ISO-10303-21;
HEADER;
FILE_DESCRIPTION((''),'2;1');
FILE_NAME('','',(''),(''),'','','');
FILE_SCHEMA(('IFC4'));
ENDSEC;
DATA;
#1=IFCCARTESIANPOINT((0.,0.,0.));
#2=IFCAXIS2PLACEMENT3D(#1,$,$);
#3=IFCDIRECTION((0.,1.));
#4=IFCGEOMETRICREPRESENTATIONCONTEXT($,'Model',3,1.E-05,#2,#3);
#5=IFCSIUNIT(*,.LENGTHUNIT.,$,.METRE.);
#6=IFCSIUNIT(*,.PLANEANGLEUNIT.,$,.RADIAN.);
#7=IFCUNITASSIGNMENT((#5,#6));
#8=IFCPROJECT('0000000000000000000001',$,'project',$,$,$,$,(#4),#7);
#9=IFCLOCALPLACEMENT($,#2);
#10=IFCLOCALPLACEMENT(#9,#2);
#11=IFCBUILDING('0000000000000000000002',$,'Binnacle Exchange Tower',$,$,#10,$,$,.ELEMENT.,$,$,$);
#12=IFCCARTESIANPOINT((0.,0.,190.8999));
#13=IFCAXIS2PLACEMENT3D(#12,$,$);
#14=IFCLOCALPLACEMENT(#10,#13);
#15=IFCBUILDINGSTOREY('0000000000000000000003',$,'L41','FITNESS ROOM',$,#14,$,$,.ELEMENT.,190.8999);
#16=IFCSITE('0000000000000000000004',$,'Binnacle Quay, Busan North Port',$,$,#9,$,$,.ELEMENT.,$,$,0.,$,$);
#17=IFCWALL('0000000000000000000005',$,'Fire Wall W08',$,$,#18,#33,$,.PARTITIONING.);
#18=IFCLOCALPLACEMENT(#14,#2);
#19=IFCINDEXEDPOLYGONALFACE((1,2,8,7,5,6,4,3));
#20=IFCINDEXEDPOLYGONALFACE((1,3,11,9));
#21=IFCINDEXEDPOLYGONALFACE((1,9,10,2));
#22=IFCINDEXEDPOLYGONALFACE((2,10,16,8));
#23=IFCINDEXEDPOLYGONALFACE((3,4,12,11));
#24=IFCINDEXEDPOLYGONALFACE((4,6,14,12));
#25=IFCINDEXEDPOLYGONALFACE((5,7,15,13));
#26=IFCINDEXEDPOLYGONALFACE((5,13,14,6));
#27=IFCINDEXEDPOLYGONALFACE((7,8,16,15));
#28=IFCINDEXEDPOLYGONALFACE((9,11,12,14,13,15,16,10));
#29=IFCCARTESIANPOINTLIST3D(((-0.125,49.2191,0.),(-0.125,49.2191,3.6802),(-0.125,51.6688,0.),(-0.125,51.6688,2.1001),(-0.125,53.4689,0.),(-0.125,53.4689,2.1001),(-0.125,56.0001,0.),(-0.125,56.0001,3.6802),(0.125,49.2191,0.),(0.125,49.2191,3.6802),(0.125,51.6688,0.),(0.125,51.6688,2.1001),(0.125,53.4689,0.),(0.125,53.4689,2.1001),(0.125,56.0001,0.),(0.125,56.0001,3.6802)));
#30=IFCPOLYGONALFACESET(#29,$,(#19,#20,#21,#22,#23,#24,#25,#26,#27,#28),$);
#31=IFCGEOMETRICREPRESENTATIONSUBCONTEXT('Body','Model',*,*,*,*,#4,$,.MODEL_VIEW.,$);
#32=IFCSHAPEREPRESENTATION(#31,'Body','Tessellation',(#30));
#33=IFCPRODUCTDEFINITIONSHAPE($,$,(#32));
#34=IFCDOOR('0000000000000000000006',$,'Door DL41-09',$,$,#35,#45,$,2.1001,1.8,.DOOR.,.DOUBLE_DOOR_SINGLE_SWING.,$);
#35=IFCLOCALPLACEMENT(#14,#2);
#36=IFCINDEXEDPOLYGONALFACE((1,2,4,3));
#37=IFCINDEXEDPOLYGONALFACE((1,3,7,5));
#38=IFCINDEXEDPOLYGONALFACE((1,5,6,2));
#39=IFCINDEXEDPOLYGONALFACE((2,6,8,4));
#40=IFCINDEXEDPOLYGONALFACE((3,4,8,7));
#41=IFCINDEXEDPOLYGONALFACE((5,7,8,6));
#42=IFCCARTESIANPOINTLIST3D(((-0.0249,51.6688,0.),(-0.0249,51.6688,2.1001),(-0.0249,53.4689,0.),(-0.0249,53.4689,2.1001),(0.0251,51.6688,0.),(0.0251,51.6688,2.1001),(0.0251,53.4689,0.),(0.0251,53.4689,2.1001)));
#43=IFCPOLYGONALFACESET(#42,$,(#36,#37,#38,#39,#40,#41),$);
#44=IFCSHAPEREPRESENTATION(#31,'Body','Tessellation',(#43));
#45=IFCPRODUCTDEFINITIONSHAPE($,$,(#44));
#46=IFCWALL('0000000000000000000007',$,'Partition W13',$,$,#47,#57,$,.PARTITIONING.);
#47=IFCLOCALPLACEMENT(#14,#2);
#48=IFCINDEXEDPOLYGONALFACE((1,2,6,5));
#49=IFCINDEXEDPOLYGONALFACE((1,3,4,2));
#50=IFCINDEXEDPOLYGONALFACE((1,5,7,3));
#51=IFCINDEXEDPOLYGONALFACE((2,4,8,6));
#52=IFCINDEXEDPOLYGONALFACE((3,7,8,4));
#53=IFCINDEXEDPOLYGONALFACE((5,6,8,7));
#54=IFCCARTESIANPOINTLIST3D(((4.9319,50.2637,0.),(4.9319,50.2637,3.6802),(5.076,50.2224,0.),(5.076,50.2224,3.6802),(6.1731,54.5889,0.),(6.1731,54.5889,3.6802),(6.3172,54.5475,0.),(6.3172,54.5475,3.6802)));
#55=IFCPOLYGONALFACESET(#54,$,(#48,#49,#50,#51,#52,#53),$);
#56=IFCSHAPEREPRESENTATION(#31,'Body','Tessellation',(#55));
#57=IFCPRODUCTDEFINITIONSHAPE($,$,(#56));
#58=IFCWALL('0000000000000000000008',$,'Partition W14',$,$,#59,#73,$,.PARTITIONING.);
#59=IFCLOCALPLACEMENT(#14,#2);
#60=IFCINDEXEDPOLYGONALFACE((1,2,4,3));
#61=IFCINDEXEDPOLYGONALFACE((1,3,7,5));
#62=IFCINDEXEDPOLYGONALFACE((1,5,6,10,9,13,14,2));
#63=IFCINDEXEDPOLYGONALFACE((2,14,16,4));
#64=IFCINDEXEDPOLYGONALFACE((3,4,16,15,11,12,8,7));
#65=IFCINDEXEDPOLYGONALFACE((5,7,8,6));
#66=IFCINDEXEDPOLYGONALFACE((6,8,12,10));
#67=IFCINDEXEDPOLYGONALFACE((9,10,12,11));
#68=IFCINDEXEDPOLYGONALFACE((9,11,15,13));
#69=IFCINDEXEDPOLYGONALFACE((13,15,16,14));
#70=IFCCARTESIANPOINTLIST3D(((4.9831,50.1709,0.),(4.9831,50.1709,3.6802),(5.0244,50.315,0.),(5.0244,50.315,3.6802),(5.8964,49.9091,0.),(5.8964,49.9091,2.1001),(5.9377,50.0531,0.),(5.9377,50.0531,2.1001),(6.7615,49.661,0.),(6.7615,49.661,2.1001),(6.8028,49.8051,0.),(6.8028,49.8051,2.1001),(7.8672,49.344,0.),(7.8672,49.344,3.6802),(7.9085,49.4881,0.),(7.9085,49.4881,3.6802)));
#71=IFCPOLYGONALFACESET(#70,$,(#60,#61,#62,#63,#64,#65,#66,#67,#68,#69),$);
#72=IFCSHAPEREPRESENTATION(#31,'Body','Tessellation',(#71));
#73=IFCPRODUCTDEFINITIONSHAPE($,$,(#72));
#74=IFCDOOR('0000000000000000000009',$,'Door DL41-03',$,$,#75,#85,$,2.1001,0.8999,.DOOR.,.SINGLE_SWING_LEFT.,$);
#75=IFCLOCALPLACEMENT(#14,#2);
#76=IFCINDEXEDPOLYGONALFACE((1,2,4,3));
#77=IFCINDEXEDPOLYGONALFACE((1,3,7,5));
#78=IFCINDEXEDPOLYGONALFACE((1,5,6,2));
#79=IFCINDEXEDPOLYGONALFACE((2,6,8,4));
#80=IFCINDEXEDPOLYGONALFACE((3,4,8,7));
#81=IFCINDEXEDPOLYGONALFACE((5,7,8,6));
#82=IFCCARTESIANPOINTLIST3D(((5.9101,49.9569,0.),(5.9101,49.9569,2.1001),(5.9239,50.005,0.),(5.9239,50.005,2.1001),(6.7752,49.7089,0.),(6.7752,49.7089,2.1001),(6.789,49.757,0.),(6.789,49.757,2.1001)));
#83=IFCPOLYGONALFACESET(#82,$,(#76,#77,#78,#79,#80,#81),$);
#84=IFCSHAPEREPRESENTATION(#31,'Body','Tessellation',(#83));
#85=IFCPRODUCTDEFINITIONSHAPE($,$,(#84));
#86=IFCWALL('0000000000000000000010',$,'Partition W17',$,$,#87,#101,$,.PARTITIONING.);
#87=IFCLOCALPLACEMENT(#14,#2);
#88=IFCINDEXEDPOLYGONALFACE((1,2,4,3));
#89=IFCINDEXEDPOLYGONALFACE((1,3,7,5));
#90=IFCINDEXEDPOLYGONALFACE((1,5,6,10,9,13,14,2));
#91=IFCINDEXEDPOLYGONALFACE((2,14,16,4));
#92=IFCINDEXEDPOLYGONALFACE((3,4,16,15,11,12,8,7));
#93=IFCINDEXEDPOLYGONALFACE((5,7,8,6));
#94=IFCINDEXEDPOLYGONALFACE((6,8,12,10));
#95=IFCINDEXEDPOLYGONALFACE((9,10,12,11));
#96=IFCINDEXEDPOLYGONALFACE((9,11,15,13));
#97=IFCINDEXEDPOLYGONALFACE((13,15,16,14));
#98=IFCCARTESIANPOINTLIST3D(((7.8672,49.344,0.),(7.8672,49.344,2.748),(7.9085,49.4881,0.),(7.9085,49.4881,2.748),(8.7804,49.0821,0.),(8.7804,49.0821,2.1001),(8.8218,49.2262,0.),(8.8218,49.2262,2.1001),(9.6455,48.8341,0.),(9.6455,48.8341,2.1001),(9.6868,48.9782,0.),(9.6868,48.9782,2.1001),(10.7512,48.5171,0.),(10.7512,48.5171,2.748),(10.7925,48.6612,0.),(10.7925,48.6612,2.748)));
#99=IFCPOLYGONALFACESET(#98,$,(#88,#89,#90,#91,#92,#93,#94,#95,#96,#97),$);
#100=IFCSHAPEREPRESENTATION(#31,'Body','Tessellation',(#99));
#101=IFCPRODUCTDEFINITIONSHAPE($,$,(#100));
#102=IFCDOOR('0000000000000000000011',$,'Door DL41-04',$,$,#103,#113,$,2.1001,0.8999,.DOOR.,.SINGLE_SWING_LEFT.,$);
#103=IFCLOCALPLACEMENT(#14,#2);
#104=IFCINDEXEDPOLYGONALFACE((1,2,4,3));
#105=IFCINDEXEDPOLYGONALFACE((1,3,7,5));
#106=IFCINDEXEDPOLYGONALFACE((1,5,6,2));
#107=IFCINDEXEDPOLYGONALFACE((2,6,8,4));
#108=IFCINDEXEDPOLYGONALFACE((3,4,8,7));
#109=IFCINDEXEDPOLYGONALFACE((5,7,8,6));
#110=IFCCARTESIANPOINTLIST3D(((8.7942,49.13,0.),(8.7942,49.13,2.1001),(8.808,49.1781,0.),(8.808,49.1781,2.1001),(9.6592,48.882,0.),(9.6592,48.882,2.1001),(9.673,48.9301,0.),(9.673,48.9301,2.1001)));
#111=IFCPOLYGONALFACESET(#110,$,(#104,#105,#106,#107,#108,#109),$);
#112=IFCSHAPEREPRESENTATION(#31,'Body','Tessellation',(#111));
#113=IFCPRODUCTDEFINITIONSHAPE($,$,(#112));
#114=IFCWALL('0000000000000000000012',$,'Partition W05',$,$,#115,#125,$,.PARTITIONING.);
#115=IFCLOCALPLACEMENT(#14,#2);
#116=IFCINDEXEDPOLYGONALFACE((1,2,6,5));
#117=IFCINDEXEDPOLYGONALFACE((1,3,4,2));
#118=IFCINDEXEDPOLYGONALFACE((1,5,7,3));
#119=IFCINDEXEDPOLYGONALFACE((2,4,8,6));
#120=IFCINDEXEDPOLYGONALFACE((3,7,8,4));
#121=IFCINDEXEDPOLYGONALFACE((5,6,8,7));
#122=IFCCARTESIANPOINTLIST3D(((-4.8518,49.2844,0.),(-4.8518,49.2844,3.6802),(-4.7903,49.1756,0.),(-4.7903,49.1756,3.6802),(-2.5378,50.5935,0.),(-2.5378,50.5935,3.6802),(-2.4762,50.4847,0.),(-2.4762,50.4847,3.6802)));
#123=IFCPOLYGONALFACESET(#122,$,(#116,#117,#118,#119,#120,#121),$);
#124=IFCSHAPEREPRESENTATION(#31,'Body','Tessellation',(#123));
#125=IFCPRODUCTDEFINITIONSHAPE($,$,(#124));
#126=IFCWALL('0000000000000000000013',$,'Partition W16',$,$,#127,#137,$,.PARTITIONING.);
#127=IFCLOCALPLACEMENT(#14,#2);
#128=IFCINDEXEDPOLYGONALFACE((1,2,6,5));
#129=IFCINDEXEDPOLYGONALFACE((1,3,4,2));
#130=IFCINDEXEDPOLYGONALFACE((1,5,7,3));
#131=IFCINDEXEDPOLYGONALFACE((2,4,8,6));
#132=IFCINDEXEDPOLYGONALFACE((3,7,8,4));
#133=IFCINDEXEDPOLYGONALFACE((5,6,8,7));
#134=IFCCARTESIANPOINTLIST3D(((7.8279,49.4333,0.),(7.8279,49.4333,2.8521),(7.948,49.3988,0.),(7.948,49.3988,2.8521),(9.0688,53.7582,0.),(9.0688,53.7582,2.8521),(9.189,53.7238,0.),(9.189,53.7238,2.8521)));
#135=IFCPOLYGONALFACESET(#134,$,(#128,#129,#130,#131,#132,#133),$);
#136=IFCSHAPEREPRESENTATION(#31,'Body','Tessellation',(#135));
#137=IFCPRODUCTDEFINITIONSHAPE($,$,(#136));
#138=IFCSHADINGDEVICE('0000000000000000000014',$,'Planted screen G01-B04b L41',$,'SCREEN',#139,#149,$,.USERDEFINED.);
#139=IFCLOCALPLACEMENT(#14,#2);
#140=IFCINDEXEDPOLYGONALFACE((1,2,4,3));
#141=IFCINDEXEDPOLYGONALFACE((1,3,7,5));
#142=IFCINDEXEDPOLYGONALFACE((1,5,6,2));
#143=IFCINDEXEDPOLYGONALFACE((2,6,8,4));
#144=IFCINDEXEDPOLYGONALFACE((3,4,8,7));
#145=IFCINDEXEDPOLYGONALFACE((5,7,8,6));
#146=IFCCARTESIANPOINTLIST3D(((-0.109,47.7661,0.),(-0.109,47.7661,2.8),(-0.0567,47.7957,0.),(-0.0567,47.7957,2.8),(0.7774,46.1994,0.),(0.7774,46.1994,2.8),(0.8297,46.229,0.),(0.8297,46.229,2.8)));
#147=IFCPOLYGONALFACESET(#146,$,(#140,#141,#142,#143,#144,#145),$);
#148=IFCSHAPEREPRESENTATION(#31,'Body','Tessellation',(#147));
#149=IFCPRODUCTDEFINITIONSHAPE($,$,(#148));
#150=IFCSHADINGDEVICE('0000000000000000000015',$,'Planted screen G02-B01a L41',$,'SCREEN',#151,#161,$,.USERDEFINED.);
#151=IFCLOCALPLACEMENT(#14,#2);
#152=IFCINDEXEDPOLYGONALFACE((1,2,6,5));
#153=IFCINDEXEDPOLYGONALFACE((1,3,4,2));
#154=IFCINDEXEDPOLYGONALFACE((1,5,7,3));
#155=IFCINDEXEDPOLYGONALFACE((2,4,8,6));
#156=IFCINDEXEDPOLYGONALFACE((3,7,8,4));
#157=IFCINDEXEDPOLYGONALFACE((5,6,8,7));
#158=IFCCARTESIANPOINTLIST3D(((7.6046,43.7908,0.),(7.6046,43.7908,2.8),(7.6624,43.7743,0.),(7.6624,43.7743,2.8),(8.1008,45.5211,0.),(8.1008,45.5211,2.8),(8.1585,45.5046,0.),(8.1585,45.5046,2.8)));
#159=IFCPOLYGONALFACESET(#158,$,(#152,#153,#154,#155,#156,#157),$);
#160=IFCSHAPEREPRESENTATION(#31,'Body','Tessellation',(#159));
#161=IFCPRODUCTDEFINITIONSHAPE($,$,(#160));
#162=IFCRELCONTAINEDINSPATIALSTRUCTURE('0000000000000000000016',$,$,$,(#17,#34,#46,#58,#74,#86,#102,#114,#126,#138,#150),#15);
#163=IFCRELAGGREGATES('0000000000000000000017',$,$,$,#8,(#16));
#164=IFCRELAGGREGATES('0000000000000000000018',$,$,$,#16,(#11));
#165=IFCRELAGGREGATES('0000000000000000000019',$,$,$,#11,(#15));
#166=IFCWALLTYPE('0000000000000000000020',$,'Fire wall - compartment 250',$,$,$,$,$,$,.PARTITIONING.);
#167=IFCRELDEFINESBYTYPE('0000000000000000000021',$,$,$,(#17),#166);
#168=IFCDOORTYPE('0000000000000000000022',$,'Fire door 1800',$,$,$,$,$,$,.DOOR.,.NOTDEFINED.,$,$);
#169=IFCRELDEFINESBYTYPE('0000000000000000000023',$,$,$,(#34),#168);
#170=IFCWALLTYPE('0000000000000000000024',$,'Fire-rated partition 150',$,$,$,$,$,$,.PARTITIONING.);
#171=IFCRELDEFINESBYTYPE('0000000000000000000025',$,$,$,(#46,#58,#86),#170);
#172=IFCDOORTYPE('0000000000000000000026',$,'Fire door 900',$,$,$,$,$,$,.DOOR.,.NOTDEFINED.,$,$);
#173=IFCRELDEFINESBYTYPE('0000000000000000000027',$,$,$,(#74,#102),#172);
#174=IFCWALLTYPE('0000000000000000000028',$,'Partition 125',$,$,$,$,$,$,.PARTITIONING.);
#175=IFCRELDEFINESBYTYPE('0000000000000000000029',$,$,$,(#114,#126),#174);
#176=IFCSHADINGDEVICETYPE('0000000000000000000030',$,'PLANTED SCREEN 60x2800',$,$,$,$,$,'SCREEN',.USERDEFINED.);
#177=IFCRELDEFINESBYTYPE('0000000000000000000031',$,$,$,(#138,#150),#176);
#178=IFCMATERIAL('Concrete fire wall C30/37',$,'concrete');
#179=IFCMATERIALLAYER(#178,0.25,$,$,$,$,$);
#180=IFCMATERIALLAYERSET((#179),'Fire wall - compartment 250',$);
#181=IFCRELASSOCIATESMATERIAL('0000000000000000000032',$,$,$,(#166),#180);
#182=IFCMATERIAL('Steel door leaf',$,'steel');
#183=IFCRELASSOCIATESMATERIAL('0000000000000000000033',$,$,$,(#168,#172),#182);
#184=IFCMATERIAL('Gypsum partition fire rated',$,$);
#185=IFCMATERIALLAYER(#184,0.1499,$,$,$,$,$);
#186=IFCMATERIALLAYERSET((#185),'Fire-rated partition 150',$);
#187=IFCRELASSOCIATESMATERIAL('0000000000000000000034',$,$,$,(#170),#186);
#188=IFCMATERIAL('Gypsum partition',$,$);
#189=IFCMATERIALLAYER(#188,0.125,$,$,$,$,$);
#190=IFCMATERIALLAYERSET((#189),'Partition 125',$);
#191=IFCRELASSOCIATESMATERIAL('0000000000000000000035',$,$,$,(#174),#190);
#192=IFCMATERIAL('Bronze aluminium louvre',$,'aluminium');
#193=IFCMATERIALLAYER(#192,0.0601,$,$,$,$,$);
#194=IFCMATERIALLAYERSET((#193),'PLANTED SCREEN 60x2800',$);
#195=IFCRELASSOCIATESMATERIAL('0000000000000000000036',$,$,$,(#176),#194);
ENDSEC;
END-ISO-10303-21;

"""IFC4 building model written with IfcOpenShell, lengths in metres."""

from ifc_helpers import new_model, si_unit, direction, frame, frame_2d, origin, origin_2d, place, context, subcontext, project, spatial, rectangle, extrude, material, layer, layer_set, type_object, element, fill, save


model = new_model("IFC4")

# Units and contexts
model_context = context("Model", 3, precision=1e-05, world=origin(), true_north=direction((0.0, 1.0)))
body_context = subcontext(model_context, "Body", "Model", "MODEL_VIEW")
ifc_project = project(units=[si_unit("LENGTHUNIT", "METRE"), si_unit("PLANEANGLEUNIT", "RADIAN")], contexts=[model_context])

# Site, building, storey
site_placement = place(None, origin())
site = spatial("IfcSite", under=ifc_project, at=site_placement, Name="Binnacle Quay, Busan North Port", CompositionType="ELEMENT", RefElevation=0.0)
building_placement = place(site_placement, origin())
building = spatial("IfcBuilding", under=site, at=building_placement, Name="Binnacle Exchange Tower", CompositionType="ELEMENT")
storey_placement = place(building_placement, frame((0.0, 0.0, 190.8999)))
storey = spatial("IfcBuildingStorey", under=building, at=storey_placement, Name="L41", Description="FITNESS ROOM", CompositionType="ELEMENT", Elevation=190.8999)

# Wall, opening, door
ifc_material_1 = material(Name="Concrete fire wall C30/37", Category="concrete")
ifc_layer_1 = layer(ifc_material_1, 0.25)
ifc_layer_set_1 = layer_set([ifc_layer_1], Name="Fire wall - compartment 250")
wall_type_1 = type_object("IfcWallType", Name="Fire wall - compartment 250", PredefinedType="PARTITIONING", material=ifc_layer_set_1)
wall_1_placement = place(storey_placement, frame((0.0, 49.219, 0.0), z_axis=(0.0, 0.0, 1.0), x_axis=(0.0, 1.0, 0.0)))
wall_1 = element("IfcWall", 1, at=wall_1_placement, inside=storey, type_object=wall_type_1, Name="Fire Wall W08", PredefinedType="PARTITIONING", context=body_context, shape_type="SweptSolid", body=[
    extrude(rectangle(XDim=6.781, YDim=0.25, at=frame_2d((3.3906, 0.0))), origin(), (0.0, 0.0, 1.0), 3.6802),
])
opening_1_placement = place(wall_1_placement, frame((2.45, 0.0, 0.0)))
opening_1 = element("IfcOpeningElement", 2, at=opening_1_placement, cuts=wall_1, PredefinedType="OPENING", context=body_context, shape_type="SweptSolid", body=[
    extrude(rectangle(XDim=1.8, YDim=2.1001, at=frame_2d((0.8999, 1.05))), frame((0.0, 0.135, 0.0), z_axis=(0.0, -1.0, 0.0), x_axis=(1.0, 0.0, 0.0)), (0.0, 0.0, 1.0), 0.27),
])
ifc_material_2 = material(Name="Steel door leaf", Category="steel")
door_type_1 = type_object("IfcDoorType", Name="Fire door 1800", OperationType="NOTDEFINED", PredefinedType="DOOR", material=ifc_material_2)
door_1_placement = place(opening_1_placement, origin())
door_1 = element("IfcDoor", 3, at=door_1_placement, inside=storey, type_object=door_type_1, Name="Door DL41-09", OperationType="DOUBLE_DOOR_SINGLE_SWING", OverallHeight=2.1001, OverallWidth=1.8, PredefinedType="DOOR", context=body_context, shape_type="SweptSolid", body=[
    extrude(rectangle(XDim=1.8, YDim=2.1001, at=frame_2d((0.8999, 1.05))), frame((0.0, 0.0249, 0.0), z_axis=(0.0, -1.0, 0.0), x_axis=(1.0, 0.0, 0.0)), (0.0, 0.0, 1.0), 0.05),
])
fill(opening_1, door_1)

# Wall
ifc_material_3 = material(Name="Gypsum partition fire rated")
ifc_layer_2 = layer(ifc_material_3, 0.1499)
ifc_layer_set_2 = layer_set([ifc_layer_2], Name="Fire-rated partition 150")
wall_type_2 = type_object("IfcWallType", Name="Fire-rated partition 150", PredefinedType="PARTITIONING", material=ifc_layer_set_2)
wall_2_placement = place(storey_placement, frame((5.0039, 50.2429, 0.0), z_axis=(0.0, 0.0, 1.0), x_axis=(0.275839, 0.961204, 0.0)))
element("IfcWall", 4, at=wall_2_placement, inside=storey, type_object=wall_type_2, Name="Partition W13", PredefinedType="PARTITIONING", context=body_context, shape_type="SweptSolid", body=[
    extrude(rectangle(XDim=4.4998, YDim=0.1499, at=frame_2d((2.25, 0.0))), origin(), (0.0, 0.0, 1.0), 3.6802),
])

# Walls, openings, doors
wall_3_placement = place(storey_placement, frame((5.0039, 50.2429, 0.0), z_axis=(0.0, 0.0, 1.0), x_axis=(0.961269, -0.275613, 0.0)))
wall_3 = element("IfcWall", 5, at=wall_3_placement, inside=storey, type_object=wall_type_2, Name="Partition W14", PredefinedType="PARTITIONING", context=body_context, shape_type="SweptSolid", body=[
    extrude(rectangle(XDim=3.0002, YDim=0.1499, at=frame_2d((1.5, 0.0))), origin(), (0.0, 0.0, 1.0), 3.6802),
])
opening_2_placement = place(wall_3_placement, frame((0.95, 0.0, 0.0)))
opening_2 = element("IfcOpeningElement", 6, at=opening_2_placement, cuts=wall_3, PredefinedType="OPENING", context=body_context, shape_type="SweptSolid", body=[
    extrude(rectangle(XDim=0.8999, YDim=2.1001, at=frame_2d((0.45, 1.05))), frame((0.0, 0.085, 0.0), z_axis=(0.0, -1.0, 0.0), x_axis=(1.0, 0.0, 0.0)), (0.0, 0.0, 1.0), 0.1699),
])
door_type_2 = type_object("IfcDoorType", Name="Fire door 900", OperationType="NOTDEFINED", PredefinedType="DOOR", material=ifc_material_2)
door_2_placement = place(opening_2_placement, origin())
door_2 = element("IfcDoor", 7, at=door_2_placement, inside=storey, type_object=door_type_2, Name="Door DL41-03", OperationType="SINGLE_SWING_LEFT", OverallHeight=2.1001, OverallWidth=0.8999, PredefinedType="DOOR", context=body_context, shape_type="SweptSolid", body=[
    extrude(rectangle(XDim=0.8999, YDim=2.1001, at=frame_2d((0.45, 1.05))), frame((0.0, 0.0249, 0.0), z_axis=(0.0, -1.0, 0.0), x_axis=(1.0, 0.0, 0.0)), (0.0, 0.0, 1.0), 0.05),
])
fill(opening_2, door_2)
wall_4_placement = place(storey_placement, frame((7.8879, 49.416, 0.0), z_axis=(0.0, 0.0, 1.0), x_axis=(0.961269, -0.275613, 0.0)))
wall_4 = element("IfcWall", 8, at=wall_4_placement, inside=storey, type_object=wall_type_2, Name="Partition W17", PredefinedType="PARTITIONING", context=body_context, shape_type="SweptSolid", body=[
    extrude(rectangle(XDim=3.0002, YDim=0.1499, at=frame_2d((1.5, 0.0))), origin(), (0.0, 0.0, 1.0), 2.748),
])
opening_3_placement = place(wall_4_placement, frame((0.95, 0.0, 0.0)))
opening_3 = element("IfcOpeningElement", 9, at=opening_3_placement, cuts=wall_4, PredefinedType="OPENING", context=body_context, shape_type="SweptSolid", body=[
    extrude(rectangle(XDim=0.8999, YDim=2.1001, at=frame_2d((0.45, 1.05))), frame((0.0, 0.085, 0.0), z_axis=(0.0, -1.0, 0.0), x_axis=(1.0, 0.0, 0.0)), (0.0, 0.0, 1.0), 0.1699),
])
door_3_placement = place(opening_3_placement, origin())
door_3 = element("IfcDoor", 10, at=door_3_placement, inside=storey, type_object=door_type_2, Name="Door DL41-04", OperationType="SINGLE_SWING_LEFT", OverallHeight=2.1001, OverallWidth=0.8999, PredefinedType="DOOR", context=body_context, shape_type="SweptSolid", body=[
    extrude(rectangle(XDim=0.8999, YDim=2.1001, at=frame_2d((0.45, 1.05))), frame((0.0, 0.0249, 0.0), z_axis=(0.0, -1.0, 0.0), x_axis=(1.0, 0.0, 0.0)), (0.0, 0.0, 1.0), 0.05),
])
fill(opening_3, door_3)

# Walls
ifc_material_4 = material(Name="Gypsum partition")
ifc_layer_3 = layer(ifc_material_4, 0.125)
ifc_layer_set_3 = layer_set([ifc_layer_3], Name="Partition 125")
wall_type_3 = type_object("IfcWallType", Name="Partition 125", PredefinedType="PARTITIONING", material=ifc_layer_set_3)
wall_5_placement = place(storey_placement, frame((-4.821, 49.23, 0.0), z_axis=(0.0, 0.0, 1.0), x_axis=(0.870371, 0.492396, 0.0)))
element("IfcWall", 11, at=wall_5_placement, inside=storey, type_object=wall_type_3, Name="Partition W05", PredefinedType="PARTITIONING", context=body_context, shape_type="SweptSolid", body=[
    extrude(rectangle(XDim=2.6587, YDim=0.125, at=frame_2d((1.3293, 0.0))), origin(), (0.0, 0.0, 1.0), 3.6802),
])
wall_6_placement = place(storey_placement, frame((7.8879, 49.416, 0.0), z_axis=(0.0, 0.0, 1.0), x_axis=(0.275803, 0.961214, 0.0)))
element("IfcWall", 12, at=wall_6_placement, inside=storey, type_object=wall_type_3, Name="Partition W16", PredefinedType="PARTITIONING", context=body_context, shape_type="SweptSolid", body=[
    extrude(rectangle(XDim=4.4995, YDim=0.125, at=frame_2d((2.2498, 0.0))), origin(), (0.0, 0.0, 1.0), 2.8521),
])

# Shading devices
ifc_material_5 = material(Name="Bronze aluminium louvre", Category="aluminium")
ifc_layer_4 = layer(ifc_material_5, 0.0601)
ifc_layer_set_4 = layer_set([ifc_layer_4], Name="PLANTED SCREEN 60x2800")
shading_device_type = type_object("IfcShadingDeviceType", Name="PLANTED SCREEN 60x2800", ElementType="SCREEN", PredefinedType="USERDEFINED", material=ifc_layer_set_4)
for number, where, z_axis, x_axis, name in (
    (13, (0.3604, 46.9976, 0.0), (0.0, 0.0, 1.0), (0.870356, 0.492424, 0.0), "Planted screen G01-B04b L41"),
    (14, (7.8816, 44.6477, 0.0), (0.0, 0.0, 1.0), (0.961262, -0.275637, 0.0), "Planted screen G02-B01a L41"),
):
    element("IfcShadingDevice", number, at=place(storey_placement, frame(where, z_axis=z_axis, x_axis=x_axis)), inside=storey, type_object=shading_device_type, Name=name, ObjectType="SCREEN", PredefinedType="USERDEFINED", context=body_context, shape_type="SweptSolid", body=[
        extrude(rectangle(XDim=0.0601, YDim=1.8, at=origin_2d()), origin(), (0.0, 0.0, 1.0), 2.8),
    ])

save(model, "model.ifc")
